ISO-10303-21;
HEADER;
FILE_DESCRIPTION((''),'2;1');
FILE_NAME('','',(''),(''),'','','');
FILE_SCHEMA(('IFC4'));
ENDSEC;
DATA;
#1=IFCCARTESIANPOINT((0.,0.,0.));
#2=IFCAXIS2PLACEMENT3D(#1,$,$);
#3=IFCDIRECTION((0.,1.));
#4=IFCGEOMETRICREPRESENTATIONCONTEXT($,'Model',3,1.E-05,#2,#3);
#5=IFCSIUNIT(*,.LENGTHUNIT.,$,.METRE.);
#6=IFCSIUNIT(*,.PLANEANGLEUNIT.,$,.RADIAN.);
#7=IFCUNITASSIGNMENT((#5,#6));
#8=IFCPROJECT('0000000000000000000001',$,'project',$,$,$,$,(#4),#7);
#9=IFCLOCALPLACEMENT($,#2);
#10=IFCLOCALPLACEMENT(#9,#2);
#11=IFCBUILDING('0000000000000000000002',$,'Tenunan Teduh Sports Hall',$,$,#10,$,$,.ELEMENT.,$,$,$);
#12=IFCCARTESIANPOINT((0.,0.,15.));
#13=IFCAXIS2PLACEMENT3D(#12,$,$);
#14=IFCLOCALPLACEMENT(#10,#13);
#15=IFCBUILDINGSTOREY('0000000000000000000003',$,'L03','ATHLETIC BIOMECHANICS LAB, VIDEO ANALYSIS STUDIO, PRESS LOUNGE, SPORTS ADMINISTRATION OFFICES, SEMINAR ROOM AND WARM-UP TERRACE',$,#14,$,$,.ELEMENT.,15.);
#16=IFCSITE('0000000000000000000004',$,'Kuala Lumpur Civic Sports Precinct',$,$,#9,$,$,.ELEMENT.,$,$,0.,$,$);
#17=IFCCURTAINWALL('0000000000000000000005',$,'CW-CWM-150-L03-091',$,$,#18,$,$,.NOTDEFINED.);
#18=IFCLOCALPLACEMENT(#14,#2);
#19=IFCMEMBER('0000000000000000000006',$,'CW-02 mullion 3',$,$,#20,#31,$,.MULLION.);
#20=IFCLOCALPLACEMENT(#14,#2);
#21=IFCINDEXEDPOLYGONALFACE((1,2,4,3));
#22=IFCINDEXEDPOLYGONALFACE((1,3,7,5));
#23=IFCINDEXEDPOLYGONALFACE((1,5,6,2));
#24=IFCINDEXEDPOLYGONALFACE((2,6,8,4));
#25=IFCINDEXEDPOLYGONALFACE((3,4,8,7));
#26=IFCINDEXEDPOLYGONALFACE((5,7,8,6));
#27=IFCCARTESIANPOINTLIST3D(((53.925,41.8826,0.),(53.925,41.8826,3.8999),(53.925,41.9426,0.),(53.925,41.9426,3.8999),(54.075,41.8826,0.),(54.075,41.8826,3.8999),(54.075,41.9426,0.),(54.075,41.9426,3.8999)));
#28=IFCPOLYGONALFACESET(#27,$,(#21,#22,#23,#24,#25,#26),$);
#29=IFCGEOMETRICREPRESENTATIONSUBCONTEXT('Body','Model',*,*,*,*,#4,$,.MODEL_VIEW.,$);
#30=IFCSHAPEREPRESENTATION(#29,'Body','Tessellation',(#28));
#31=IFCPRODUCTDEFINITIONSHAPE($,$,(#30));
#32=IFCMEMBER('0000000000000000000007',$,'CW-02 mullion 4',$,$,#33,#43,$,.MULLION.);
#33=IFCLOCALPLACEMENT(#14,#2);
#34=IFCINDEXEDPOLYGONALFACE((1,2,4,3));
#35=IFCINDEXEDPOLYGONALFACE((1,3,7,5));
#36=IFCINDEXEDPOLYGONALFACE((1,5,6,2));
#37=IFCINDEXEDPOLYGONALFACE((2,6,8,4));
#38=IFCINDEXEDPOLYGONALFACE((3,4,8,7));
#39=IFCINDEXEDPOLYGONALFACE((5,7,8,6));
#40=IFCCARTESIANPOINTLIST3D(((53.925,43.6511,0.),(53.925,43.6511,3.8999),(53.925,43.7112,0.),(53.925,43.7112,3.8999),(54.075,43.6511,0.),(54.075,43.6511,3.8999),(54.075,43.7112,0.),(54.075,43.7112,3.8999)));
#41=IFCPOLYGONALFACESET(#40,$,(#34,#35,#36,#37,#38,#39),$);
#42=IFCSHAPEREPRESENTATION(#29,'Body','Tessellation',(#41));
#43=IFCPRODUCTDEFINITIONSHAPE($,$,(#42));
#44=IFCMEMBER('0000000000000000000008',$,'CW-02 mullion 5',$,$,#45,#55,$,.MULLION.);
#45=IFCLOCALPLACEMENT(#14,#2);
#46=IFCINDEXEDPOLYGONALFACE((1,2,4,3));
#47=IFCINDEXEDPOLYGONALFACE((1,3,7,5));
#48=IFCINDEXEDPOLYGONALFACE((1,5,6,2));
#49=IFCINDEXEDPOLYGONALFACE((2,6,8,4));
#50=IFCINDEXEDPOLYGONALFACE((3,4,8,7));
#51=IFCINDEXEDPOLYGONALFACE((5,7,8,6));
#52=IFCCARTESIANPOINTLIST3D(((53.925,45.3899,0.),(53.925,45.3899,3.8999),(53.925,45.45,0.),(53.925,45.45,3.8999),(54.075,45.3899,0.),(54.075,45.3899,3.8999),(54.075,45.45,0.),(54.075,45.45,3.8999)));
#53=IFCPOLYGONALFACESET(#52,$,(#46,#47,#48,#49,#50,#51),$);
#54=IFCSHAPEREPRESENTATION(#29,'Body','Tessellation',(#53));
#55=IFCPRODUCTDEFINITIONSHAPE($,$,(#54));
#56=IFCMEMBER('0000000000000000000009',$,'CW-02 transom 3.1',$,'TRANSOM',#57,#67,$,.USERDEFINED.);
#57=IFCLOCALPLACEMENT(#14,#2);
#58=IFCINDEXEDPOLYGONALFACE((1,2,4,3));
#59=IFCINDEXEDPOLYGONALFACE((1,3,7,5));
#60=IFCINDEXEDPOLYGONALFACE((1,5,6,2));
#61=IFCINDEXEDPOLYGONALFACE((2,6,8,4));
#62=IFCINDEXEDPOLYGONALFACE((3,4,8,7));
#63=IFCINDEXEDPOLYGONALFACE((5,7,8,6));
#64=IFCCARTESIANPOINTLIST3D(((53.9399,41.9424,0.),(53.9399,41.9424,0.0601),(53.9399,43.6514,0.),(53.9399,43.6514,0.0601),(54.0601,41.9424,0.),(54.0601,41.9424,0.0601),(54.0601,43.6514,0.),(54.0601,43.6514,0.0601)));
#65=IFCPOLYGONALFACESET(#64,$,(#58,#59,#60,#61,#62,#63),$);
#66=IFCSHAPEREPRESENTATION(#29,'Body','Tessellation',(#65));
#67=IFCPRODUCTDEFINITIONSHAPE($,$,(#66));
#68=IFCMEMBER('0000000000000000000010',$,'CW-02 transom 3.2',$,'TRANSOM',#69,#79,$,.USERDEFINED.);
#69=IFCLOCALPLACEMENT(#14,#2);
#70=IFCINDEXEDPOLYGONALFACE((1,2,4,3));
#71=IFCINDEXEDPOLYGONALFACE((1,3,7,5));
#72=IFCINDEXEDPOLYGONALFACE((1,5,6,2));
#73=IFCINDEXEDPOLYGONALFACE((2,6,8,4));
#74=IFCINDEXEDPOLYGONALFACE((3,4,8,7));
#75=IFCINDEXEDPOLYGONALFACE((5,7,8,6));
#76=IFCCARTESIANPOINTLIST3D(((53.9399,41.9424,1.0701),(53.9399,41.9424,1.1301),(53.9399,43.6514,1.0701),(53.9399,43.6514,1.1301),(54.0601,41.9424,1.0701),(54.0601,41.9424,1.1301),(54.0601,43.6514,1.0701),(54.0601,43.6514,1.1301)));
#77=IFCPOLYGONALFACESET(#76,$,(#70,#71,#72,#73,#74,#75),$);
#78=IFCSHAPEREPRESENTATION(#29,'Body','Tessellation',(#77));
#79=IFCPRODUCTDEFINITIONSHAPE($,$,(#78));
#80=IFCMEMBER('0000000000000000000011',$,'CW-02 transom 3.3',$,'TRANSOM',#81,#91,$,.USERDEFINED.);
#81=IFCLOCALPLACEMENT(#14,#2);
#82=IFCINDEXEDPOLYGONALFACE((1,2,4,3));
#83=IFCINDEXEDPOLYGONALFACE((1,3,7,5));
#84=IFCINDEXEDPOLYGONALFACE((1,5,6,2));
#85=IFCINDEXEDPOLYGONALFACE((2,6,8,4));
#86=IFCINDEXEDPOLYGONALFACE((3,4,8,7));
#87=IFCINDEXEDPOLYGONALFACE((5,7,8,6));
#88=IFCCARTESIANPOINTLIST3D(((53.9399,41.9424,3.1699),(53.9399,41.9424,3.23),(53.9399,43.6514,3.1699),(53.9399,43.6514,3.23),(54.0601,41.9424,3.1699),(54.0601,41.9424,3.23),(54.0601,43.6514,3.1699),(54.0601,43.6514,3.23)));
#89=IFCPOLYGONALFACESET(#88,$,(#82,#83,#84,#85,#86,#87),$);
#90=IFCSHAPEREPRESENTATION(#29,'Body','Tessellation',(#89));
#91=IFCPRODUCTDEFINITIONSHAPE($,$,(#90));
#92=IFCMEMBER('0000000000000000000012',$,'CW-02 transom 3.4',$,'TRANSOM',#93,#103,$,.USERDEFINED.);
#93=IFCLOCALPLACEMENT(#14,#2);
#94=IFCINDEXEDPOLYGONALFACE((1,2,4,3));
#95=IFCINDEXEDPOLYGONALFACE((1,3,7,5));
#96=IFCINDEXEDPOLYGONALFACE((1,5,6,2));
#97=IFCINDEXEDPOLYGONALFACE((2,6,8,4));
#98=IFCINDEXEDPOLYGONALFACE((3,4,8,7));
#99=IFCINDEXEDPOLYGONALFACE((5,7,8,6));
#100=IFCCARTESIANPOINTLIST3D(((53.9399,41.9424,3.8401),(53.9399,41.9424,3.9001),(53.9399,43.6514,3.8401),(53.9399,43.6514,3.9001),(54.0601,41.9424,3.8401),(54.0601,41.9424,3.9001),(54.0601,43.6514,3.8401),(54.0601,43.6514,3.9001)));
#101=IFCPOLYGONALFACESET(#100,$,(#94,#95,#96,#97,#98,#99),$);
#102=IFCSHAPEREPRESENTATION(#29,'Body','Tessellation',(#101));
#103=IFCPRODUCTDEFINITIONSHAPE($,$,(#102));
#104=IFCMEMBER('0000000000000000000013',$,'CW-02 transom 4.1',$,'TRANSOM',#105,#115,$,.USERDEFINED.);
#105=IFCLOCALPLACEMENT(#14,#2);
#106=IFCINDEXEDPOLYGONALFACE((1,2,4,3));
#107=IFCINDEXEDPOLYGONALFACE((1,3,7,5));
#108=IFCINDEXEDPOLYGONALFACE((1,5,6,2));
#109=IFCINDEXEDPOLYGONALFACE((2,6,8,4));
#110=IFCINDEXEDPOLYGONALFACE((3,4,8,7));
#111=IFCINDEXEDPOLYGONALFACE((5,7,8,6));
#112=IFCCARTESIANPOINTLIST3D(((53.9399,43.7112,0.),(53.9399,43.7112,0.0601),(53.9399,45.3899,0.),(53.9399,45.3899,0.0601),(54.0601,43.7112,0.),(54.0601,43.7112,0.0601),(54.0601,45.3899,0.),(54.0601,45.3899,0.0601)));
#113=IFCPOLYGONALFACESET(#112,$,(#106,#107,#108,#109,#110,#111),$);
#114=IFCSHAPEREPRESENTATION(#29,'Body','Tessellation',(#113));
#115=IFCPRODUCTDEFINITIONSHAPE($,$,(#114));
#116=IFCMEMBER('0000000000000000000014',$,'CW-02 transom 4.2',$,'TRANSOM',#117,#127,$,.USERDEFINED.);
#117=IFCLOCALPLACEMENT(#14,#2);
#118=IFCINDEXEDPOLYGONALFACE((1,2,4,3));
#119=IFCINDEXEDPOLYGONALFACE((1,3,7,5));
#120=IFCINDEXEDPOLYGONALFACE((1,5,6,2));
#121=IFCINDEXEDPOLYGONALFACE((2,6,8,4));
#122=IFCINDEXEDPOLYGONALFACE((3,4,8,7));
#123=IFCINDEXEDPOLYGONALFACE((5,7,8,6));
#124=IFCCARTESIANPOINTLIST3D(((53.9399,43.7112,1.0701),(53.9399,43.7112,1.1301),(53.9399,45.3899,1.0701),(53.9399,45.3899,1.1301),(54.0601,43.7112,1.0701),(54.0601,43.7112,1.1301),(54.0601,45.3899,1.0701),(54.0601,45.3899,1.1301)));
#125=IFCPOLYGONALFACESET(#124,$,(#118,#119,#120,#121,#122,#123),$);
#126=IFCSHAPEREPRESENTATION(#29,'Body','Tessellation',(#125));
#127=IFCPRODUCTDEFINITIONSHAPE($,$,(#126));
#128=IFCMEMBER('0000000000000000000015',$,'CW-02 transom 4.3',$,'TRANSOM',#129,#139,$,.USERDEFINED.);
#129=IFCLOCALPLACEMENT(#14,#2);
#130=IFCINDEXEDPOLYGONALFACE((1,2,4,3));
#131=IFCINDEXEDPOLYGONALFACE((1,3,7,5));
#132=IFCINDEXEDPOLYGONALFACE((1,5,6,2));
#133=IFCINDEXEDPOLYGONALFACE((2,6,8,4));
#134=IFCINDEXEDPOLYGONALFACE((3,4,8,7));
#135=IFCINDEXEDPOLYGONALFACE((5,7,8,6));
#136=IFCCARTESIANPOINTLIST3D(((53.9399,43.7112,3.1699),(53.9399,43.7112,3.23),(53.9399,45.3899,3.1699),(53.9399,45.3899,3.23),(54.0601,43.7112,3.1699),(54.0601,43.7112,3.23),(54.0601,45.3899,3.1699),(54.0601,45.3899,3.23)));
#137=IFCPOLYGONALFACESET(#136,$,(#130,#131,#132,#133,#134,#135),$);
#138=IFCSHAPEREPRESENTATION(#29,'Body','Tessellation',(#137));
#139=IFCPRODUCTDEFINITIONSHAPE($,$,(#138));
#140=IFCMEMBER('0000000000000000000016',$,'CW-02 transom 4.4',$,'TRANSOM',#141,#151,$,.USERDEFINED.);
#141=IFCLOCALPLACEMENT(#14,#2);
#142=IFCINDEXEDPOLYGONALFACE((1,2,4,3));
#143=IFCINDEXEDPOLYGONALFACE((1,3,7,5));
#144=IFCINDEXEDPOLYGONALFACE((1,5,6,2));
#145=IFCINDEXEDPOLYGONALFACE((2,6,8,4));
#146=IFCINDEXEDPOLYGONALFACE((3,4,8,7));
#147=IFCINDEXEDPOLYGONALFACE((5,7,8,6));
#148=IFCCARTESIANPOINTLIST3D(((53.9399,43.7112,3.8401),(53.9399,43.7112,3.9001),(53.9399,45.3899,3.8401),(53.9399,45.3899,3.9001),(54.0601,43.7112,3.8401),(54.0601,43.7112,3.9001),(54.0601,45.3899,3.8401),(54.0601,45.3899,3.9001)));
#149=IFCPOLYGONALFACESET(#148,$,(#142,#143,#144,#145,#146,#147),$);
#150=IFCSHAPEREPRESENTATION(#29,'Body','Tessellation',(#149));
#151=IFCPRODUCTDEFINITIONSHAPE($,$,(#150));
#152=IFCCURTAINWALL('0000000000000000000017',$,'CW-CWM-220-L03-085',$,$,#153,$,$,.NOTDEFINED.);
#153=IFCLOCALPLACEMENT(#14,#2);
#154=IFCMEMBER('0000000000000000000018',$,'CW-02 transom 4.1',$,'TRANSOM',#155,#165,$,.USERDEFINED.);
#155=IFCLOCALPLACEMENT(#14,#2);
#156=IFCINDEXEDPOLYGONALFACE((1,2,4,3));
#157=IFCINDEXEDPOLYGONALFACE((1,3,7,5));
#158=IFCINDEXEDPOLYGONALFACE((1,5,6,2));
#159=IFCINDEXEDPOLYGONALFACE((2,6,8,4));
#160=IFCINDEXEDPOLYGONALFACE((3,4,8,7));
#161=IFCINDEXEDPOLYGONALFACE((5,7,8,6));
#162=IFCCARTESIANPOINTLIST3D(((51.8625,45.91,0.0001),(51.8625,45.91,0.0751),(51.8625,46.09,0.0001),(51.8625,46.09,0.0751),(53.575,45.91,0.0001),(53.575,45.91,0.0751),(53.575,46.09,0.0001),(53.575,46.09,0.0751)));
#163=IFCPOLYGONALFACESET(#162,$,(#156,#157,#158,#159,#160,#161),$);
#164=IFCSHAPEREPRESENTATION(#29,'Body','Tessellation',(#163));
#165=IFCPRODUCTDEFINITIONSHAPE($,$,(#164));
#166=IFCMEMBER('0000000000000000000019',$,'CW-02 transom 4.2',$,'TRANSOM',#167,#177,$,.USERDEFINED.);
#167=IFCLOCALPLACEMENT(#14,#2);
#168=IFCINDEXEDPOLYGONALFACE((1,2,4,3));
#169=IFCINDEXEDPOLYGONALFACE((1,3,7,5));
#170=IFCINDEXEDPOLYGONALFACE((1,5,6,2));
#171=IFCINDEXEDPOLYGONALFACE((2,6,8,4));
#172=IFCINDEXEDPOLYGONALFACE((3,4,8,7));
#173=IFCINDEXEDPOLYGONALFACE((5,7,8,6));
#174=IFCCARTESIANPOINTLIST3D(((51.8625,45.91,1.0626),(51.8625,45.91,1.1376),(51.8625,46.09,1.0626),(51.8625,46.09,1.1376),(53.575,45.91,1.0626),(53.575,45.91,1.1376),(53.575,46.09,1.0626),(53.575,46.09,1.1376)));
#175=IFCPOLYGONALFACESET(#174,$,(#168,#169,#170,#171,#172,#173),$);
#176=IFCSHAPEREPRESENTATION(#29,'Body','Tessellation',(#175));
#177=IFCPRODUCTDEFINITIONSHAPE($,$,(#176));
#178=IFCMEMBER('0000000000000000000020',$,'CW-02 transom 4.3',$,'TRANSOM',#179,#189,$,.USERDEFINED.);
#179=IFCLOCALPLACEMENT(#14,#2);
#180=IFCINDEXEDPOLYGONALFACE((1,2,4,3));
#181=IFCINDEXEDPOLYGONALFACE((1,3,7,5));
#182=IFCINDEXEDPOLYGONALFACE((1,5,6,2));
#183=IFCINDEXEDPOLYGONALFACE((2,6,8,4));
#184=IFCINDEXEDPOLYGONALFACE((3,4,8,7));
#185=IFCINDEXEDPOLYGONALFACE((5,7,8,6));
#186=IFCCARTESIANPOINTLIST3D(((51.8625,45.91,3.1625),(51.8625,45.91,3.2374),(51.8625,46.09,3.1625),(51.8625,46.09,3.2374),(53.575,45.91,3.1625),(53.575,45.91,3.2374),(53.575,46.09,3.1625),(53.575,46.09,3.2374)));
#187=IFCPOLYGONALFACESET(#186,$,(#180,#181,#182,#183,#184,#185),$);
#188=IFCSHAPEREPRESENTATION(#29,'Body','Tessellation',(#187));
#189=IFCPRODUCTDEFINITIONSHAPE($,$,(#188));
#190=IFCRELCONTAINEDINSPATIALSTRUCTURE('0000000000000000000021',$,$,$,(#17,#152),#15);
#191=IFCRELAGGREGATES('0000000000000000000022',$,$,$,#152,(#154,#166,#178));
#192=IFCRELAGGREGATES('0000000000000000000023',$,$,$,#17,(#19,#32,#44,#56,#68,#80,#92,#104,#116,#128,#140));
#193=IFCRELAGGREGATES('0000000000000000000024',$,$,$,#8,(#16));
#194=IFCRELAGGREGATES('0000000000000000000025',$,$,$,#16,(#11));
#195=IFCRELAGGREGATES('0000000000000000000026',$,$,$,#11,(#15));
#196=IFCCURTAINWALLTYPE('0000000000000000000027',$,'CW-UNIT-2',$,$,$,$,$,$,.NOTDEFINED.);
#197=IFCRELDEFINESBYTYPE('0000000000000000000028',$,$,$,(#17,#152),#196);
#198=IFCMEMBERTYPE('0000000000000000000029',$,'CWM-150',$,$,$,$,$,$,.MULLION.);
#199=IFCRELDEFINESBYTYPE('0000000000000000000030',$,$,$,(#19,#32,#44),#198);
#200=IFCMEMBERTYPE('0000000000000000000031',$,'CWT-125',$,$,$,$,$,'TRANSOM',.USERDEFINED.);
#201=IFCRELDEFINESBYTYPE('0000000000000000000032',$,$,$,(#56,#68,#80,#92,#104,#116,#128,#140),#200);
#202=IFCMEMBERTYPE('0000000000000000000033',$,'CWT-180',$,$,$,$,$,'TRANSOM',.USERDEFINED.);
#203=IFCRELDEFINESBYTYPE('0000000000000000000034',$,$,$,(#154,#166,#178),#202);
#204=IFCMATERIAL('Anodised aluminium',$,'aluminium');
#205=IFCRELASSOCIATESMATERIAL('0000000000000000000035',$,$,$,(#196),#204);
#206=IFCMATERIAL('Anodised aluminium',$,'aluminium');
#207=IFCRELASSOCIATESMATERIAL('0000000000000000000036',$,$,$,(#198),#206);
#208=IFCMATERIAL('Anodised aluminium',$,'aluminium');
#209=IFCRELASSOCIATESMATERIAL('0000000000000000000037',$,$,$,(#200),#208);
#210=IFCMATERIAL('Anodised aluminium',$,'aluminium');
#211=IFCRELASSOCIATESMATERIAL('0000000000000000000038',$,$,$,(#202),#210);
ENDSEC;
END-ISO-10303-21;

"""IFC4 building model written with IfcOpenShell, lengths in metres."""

from ifc_helpers import new_model, si_unit, direction, frame, origin, origin_2d, place, context, subcontext, project, spatial, rectangle, extrude, material, material_profile, profile_set, type_object, element, aggregate, save


model = new_model("IFC4")

# Units and contexts
model_context = context("Model", 3, precision=1e-05, world=origin(), true_north=direction((0.0, 1.0)))
body_context = subcontext(model_context, "Body", "Model", "MODEL_VIEW")
ifc_project = project(units=[si_unit("LENGTHUNIT", "METRE"), si_unit("PLANEANGLEUNIT", "RADIAN")], contexts=[model_context])

# Site, building, storey
site_placement = place(None, origin())
site = spatial("IfcSite", under=ifc_project, at=site_placement, Name="Kuala Lumpur Civic Sports Precinct", CompositionType="ELEMENT", RefElevation=0.0)
building_placement = place(site_placement, origin())
building = spatial("IfcBuilding", under=site, at=building_placement, Name="Tenunan Teduh Sports Hall", CompositionType="ELEMENT")
storey_placement = place(building_placement, frame((0.0, 0.0, 15.0)))
storey = spatial("IfcBuildingStorey", under=building, at=storey_placement, Name="L03", Description="ATHLETIC BIOMECHANICS LAB, VIDEO ANALYSIS STUDIO, PRESS LOUNGE, SPORTS ADMINISTRATION OFFICES, SEMINAR ROOM AND WARM-UP TERRACE", CompositionType="ELEMENT", Elevation=15.0)

# Curtain walls, members
ifc_material_1 = material(Name="Anodised aluminium", Category="aluminium")
curtain_wall_type = type_object("IfcCurtainWallType", Name="CW-UNIT-2", PredefinedType="NOTDEFINED", material=ifc_material_1)
curtain_wall_1_placement = place(storey_placement, origin())
curtain_wall_1 = element("IfcCurtainWall", 1, at=curtain_wall_1_placement, inside=storey, type_object=curtain_wall_type, Name="CW-CWM-150-L03-091", PredefinedType="NOTDEFINED")
ifc_material_2 = material(Name="Anodised aluminium", Category="aluminium")
ifc_material_profile_1 = material_profile(ifc_material_2, rectangle(XDim=0.0601, YDim=0.1499, at=origin_2d()), Name="CWM 60x150")
ifc_profile_set_1 = profile_set([ifc_material_profile_1], Name="Anodised aluminium")
member_type_1 = type_object("IfcMemberType", Name="CWM-150", PredefinedType="MULLION", material=ifc_profile_set_1)
member_1_placement = place(storey_placement, frame((54.0, 41.9126, 0.0), z_axis=(0.0, 0.0, 1.0), x_axis=(0.0, 1.0, 0.0)))
member_1 = element("IfcMember", 2, at=member_1_placement, type_object=member_type_1, Name="CW-02 mullion 3", PredefinedType="MULLION", context=body_context, shape_type="SweptSolid", body=[
    extrude(rectangle(XDim=0.0601, YDim=0.1499, at=origin_2d()), origin(), (0.0, 0.0, 1.0), 3.8999),
])
member_2_placement = place(storey_placement, frame((54.0, 43.6812, 0.0), z_axis=(0.0, 0.0, 1.0), x_axis=(0.0, 1.0, 0.0)))
member_2 = element("IfcMember", 3, at=member_2_placement, type_object=member_type_1, Name="CW-02 mullion 4", PredefinedType="MULLION", context=body_context, shape_type="SweptSolid", body=[
    extrude(rectangle(XDim=0.0601, YDim=0.1499, at=origin_2d()), origin(), (0.0, 0.0, 1.0), 3.8999),
])
member_3_placement = place(storey_placement, frame((54.0, 45.4199, 0.0), z_axis=(0.0, 0.0, 1.0), x_axis=(0.0, 1.0, 0.0)))
member_3 = element("IfcMember", 4, at=member_3_placement, type_object=member_type_1, Name="CW-02 mullion 5", PredefinedType="MULLION", context=body_context, shape_type="SweptSolid", body=[
    extrude(rectangle(XDim=0.0601, YDim=0.1499, at=origin_2d()), origin(), (0.0, 0.0, 1.0), 3.8999),
])
ifc_material_3 = material(Name="Anodised aluminium", Category="aluminium")
ifc_material_profile_2 = material_profile(ifc_material_3, rectangle(XDim=0.0601, YDim=0.1201, at=origin_2d()), Name="CWT 60x120")
ifc_profile_set_2 = profile_set([ifc_material_profile_2], Name="Anodised aluminium")
member_type_2 = type_object("IfcMemberType", Name="CWT-125", ElementType="TRANSOM", PredefinedType="USERDEFINED", material=ifc_profile_set_2)
member_4_placement = place(storey_placement, frame((54.0, 41.9424, 0.03), z_axis=(0.0, 1.0, 0.0), x_axis=(0.0, 0.0, 1.0)))
member_4 = element("IfcMember", 5, at=member_4_placement, type_object=member_type_2, Name="CW-02 transom 3.1", ObjectType="TRANSOM", PredefinedType="USERDEFINED", context=body_context, shape_type="SweptSolid", body=[
    extrude(rectangle(XDim=0.0601, YDim=0.1201, at=origin_2d()), origin(), (0.0, 0.0, 1.0), 1.709),
])
member_5_placement = place(storey_placement, frame((54.0, 41.9424, 1.1001), z_axis=(0.0, 1.0, 0.0), x_axis=(0.0, 0.0, 1.0)))
member_5 = element("IfcMember", 6, at=member_5_placement, type_object=member_type_2, Name="CW-02 transom 3.2", ObjectType="TRANSOM", PredefinedType="USERDEFINED", context=body_context, shape_type="SweptSolid", body=[
    extrude(rectangle(XDim=0.0601, YDim=0.1201, at=origin_2d()), origin(), (0.0, 0.0, 1.0), 1.709),
])
member_6_placement = place(storey_placement, frame((54.0, 41.9424, 3.2), z_axis=(0.0, 1.0, 0.0), x_axis=(0.0, 0.0, 1.0)))
member_6 = element("IfcMember", 7, at=member_6_placement, type_object=member_type_2, Name="CW-02 transom 3.3", ObjectType="TRANSOM", PredefinedType="USERDEFINED", context=body_context, shape_type="SweptSolid", body=[
    extrude(rectangle(XDim=0.0601, YDim=0.1201, at=origin_2d()), origin(), (0.0, 0.0, 1.0), 1.709),
])
member_7_placement = place(storey_placement, frame((54.0, 41.9424, 3.8701), z_axis=(0.0, 1.0, 0.0), x_axis=(0.0, 0.0, 1.0)))
member_7 = element("IfcMember", 8, at=member_7_placement, type_object=member_type_2, Name="CW-02 transom 3.4", ObjectType="TRANSOM", PredefinedType="USERDEFINED", context=body_context, shape_type="SweptSolid", body=[
    extrude(rectangle(XDim=0.0601, YDim=0.1201, at=origin_2d()), origin(), (0.0, 0.0, 1.0), 1.709),
])
member_8_placement = place(storey_placement, frame((54.0, 43.7112, 0.03), z_axis=(0.0, 1.0, 0.0), x_axis=(0.0, 0.0, 1.0)))
member_8 = element("IfcMember", 9, at=member_8_placement, type_object=member_type_2, Name="CW-02 transom 4.1", ObjectType="TRANSOM", PredefinedType="USERDEFINED", context=body_context, shape_type="SweptSolid", body=[
    extrude(rectangle(XDim=0.0601, YDim=0.1201, at=origin_2d()), origin(), (0.0, 0.0, 1.0), 1.6787),
])
member_9_placement = place(storey_placement, frame((54.0, 43.7112, 1.1001), z_axis=(0.0, 1.0, 0.0), x_axis=(0.0, 0.0, 1.0)))
member_9 = element("IfcMember", 10, at=member_9_placement, type_object=member_type_2, Name="CW-02 transom 4.2", ObjectType="TRANSOM", PredefinedType="USERDEFINED", context=body_context, shape_type="SweptSolid", body=[
    extrude(rectangle(XDim=0.0601, YDim=0.1201, at=origin_2d()), origin(), (0.0, 0.0, 1.0), 1.6787),
])
member_10_placement = place(storey_placement, frame((54.0, 43.7112, 3.2), z_axis=(0.0, 1.0, 0.0), x_axis=(0.0, 0.0, 1.0)))
member_10 = element("IfcMember", 11, at=member_10_placement, type_object=member_type_2, Name="CW-02 transom 4.3", ObjectType="TRANSOM", PredefinedType="USERDEFINED", context=body_context, shape_type="SweptSolid", body=[
    extrude(rectangle(XDim=0.0601, YDim=0.1201, at=origin_2d()), origin(), (0.0, 0.0, 1.0), 1.6787),
])
member_11_placement = place(storey_placement, frame((54.0, 43.7112, 3.8701), z_axis=(0.0, 1.0, 0.0), x_axis=(0.0, 0.0, 1.0)))
member_11 = element("IfcMember", 12, at=member_11_placement, type_object=member_type_2, Name="CW-02 transom 4.4", ObjectType="TRANSOM", PredefinedType="USERDEFINED", context=body_context, shape_type="SweptSolid", body=[
    extrude(rectangle(XDim=0.0601, YDim=0.1201, at=origin_2d()), origin(), (0.0, 0.0, 1.0), 1.6787),
])
curtain_wall_2_placement = place(storey_placement, origin())
curtain_wall_2 = element("IfcCurtainWall", 13, at=curtain_wall_2_placement, inside=storey, type_object=curtain_wall_type, Name="CW-CWM-220-L03-085", PredefinedType="NOTDEFINED")
ifc_material_4 = material(Name="Anodised aluminium", Category="aluminium")
ifc_material_profile_3 = material_profile(ifc_material_4, rectangle(XDim=0.075, YDim=0.1799, at=origin_2d()), Name="CWT 75x180")
ifc_profile_set_3 = profile_set([ifc_material_profile_3], Name="Anodised aluminium")
member_type_3 = type_object("IfcMemberType", Name="CWT-180", ElementType="TRANSOM", PredefinedType="USERDEFINED", material=ifc_profile_set_3)
member_12_placement = place(storey_placement, frame((51.8625, 46.0, 0.0376), z_axis=(1.0, 0.0, 0.0), x_axis=(0.0, 0.0, 1.0)))
member_12 = element("IfcMember", 14, at=member_12_placement, type_object=member_type_3, Name="CW-02 transom 4.1", ObjectType="TRANSOM", PredefinedType="USERDEFINED", context=body_context, shape_type="SweptSolid", body=[
    extrude(rectangle(XDim=0.075, YDim=0.1799, at=origin_2d()), origin(), (0.0, 0.0, 1.0), 1.7124),
])
member_13_placement = place(storey_placement, frame((51.8625, 46.0, 1.1001), z_axis=(1.0, 0.0, 0.0), x_axis=(0.0, 0.0, 1.0)))
member_13 = element("IfcMember", 15, at=member_13_placement, type_object=member_type_3, Name="CW-02 transom 4.2", ObjectType="TRANSOM", PredefinedType="USERDEFINED", context=body_context, shape_type="SweptSolid", body=[
    extrude(rectangle(XDim=0.075, YDim=0.1799, at=origin_2d()), origin(), (0.0, 0.0, 1.0), 1.7124),
])
member_14_placement = place(storey_placement, frame((51.8625, 46.0, 3.2), z_axis=(1.0, 0.0, 0.0), x_axis=(0.0, 0.0, 1.0)))
member_14 = element("IfcMember", 16, at=member_14_placement, type_object=member_type_3, Name="CW-02 transom 4.3", ObjectType="TRANSOM", PredefinedType="USERDEFINED", context=body_context, shape_type="SweptSolid", body=[
    extrude(rectangle(XDim=0.075, YDim=0.1799, at=origin_2d()), origin(), (0.0, 0.0, 1.0), 1.7124),
])
aggregate(curtain_wall_2, [member_12, member_13, member_14])

aggregate(curtain_wall_1, [member_1, member_2, member_3, member_4, member_5, member_6, member_7, member_8, member_9, member_10, member_11])

save(model, "model.ifc")
